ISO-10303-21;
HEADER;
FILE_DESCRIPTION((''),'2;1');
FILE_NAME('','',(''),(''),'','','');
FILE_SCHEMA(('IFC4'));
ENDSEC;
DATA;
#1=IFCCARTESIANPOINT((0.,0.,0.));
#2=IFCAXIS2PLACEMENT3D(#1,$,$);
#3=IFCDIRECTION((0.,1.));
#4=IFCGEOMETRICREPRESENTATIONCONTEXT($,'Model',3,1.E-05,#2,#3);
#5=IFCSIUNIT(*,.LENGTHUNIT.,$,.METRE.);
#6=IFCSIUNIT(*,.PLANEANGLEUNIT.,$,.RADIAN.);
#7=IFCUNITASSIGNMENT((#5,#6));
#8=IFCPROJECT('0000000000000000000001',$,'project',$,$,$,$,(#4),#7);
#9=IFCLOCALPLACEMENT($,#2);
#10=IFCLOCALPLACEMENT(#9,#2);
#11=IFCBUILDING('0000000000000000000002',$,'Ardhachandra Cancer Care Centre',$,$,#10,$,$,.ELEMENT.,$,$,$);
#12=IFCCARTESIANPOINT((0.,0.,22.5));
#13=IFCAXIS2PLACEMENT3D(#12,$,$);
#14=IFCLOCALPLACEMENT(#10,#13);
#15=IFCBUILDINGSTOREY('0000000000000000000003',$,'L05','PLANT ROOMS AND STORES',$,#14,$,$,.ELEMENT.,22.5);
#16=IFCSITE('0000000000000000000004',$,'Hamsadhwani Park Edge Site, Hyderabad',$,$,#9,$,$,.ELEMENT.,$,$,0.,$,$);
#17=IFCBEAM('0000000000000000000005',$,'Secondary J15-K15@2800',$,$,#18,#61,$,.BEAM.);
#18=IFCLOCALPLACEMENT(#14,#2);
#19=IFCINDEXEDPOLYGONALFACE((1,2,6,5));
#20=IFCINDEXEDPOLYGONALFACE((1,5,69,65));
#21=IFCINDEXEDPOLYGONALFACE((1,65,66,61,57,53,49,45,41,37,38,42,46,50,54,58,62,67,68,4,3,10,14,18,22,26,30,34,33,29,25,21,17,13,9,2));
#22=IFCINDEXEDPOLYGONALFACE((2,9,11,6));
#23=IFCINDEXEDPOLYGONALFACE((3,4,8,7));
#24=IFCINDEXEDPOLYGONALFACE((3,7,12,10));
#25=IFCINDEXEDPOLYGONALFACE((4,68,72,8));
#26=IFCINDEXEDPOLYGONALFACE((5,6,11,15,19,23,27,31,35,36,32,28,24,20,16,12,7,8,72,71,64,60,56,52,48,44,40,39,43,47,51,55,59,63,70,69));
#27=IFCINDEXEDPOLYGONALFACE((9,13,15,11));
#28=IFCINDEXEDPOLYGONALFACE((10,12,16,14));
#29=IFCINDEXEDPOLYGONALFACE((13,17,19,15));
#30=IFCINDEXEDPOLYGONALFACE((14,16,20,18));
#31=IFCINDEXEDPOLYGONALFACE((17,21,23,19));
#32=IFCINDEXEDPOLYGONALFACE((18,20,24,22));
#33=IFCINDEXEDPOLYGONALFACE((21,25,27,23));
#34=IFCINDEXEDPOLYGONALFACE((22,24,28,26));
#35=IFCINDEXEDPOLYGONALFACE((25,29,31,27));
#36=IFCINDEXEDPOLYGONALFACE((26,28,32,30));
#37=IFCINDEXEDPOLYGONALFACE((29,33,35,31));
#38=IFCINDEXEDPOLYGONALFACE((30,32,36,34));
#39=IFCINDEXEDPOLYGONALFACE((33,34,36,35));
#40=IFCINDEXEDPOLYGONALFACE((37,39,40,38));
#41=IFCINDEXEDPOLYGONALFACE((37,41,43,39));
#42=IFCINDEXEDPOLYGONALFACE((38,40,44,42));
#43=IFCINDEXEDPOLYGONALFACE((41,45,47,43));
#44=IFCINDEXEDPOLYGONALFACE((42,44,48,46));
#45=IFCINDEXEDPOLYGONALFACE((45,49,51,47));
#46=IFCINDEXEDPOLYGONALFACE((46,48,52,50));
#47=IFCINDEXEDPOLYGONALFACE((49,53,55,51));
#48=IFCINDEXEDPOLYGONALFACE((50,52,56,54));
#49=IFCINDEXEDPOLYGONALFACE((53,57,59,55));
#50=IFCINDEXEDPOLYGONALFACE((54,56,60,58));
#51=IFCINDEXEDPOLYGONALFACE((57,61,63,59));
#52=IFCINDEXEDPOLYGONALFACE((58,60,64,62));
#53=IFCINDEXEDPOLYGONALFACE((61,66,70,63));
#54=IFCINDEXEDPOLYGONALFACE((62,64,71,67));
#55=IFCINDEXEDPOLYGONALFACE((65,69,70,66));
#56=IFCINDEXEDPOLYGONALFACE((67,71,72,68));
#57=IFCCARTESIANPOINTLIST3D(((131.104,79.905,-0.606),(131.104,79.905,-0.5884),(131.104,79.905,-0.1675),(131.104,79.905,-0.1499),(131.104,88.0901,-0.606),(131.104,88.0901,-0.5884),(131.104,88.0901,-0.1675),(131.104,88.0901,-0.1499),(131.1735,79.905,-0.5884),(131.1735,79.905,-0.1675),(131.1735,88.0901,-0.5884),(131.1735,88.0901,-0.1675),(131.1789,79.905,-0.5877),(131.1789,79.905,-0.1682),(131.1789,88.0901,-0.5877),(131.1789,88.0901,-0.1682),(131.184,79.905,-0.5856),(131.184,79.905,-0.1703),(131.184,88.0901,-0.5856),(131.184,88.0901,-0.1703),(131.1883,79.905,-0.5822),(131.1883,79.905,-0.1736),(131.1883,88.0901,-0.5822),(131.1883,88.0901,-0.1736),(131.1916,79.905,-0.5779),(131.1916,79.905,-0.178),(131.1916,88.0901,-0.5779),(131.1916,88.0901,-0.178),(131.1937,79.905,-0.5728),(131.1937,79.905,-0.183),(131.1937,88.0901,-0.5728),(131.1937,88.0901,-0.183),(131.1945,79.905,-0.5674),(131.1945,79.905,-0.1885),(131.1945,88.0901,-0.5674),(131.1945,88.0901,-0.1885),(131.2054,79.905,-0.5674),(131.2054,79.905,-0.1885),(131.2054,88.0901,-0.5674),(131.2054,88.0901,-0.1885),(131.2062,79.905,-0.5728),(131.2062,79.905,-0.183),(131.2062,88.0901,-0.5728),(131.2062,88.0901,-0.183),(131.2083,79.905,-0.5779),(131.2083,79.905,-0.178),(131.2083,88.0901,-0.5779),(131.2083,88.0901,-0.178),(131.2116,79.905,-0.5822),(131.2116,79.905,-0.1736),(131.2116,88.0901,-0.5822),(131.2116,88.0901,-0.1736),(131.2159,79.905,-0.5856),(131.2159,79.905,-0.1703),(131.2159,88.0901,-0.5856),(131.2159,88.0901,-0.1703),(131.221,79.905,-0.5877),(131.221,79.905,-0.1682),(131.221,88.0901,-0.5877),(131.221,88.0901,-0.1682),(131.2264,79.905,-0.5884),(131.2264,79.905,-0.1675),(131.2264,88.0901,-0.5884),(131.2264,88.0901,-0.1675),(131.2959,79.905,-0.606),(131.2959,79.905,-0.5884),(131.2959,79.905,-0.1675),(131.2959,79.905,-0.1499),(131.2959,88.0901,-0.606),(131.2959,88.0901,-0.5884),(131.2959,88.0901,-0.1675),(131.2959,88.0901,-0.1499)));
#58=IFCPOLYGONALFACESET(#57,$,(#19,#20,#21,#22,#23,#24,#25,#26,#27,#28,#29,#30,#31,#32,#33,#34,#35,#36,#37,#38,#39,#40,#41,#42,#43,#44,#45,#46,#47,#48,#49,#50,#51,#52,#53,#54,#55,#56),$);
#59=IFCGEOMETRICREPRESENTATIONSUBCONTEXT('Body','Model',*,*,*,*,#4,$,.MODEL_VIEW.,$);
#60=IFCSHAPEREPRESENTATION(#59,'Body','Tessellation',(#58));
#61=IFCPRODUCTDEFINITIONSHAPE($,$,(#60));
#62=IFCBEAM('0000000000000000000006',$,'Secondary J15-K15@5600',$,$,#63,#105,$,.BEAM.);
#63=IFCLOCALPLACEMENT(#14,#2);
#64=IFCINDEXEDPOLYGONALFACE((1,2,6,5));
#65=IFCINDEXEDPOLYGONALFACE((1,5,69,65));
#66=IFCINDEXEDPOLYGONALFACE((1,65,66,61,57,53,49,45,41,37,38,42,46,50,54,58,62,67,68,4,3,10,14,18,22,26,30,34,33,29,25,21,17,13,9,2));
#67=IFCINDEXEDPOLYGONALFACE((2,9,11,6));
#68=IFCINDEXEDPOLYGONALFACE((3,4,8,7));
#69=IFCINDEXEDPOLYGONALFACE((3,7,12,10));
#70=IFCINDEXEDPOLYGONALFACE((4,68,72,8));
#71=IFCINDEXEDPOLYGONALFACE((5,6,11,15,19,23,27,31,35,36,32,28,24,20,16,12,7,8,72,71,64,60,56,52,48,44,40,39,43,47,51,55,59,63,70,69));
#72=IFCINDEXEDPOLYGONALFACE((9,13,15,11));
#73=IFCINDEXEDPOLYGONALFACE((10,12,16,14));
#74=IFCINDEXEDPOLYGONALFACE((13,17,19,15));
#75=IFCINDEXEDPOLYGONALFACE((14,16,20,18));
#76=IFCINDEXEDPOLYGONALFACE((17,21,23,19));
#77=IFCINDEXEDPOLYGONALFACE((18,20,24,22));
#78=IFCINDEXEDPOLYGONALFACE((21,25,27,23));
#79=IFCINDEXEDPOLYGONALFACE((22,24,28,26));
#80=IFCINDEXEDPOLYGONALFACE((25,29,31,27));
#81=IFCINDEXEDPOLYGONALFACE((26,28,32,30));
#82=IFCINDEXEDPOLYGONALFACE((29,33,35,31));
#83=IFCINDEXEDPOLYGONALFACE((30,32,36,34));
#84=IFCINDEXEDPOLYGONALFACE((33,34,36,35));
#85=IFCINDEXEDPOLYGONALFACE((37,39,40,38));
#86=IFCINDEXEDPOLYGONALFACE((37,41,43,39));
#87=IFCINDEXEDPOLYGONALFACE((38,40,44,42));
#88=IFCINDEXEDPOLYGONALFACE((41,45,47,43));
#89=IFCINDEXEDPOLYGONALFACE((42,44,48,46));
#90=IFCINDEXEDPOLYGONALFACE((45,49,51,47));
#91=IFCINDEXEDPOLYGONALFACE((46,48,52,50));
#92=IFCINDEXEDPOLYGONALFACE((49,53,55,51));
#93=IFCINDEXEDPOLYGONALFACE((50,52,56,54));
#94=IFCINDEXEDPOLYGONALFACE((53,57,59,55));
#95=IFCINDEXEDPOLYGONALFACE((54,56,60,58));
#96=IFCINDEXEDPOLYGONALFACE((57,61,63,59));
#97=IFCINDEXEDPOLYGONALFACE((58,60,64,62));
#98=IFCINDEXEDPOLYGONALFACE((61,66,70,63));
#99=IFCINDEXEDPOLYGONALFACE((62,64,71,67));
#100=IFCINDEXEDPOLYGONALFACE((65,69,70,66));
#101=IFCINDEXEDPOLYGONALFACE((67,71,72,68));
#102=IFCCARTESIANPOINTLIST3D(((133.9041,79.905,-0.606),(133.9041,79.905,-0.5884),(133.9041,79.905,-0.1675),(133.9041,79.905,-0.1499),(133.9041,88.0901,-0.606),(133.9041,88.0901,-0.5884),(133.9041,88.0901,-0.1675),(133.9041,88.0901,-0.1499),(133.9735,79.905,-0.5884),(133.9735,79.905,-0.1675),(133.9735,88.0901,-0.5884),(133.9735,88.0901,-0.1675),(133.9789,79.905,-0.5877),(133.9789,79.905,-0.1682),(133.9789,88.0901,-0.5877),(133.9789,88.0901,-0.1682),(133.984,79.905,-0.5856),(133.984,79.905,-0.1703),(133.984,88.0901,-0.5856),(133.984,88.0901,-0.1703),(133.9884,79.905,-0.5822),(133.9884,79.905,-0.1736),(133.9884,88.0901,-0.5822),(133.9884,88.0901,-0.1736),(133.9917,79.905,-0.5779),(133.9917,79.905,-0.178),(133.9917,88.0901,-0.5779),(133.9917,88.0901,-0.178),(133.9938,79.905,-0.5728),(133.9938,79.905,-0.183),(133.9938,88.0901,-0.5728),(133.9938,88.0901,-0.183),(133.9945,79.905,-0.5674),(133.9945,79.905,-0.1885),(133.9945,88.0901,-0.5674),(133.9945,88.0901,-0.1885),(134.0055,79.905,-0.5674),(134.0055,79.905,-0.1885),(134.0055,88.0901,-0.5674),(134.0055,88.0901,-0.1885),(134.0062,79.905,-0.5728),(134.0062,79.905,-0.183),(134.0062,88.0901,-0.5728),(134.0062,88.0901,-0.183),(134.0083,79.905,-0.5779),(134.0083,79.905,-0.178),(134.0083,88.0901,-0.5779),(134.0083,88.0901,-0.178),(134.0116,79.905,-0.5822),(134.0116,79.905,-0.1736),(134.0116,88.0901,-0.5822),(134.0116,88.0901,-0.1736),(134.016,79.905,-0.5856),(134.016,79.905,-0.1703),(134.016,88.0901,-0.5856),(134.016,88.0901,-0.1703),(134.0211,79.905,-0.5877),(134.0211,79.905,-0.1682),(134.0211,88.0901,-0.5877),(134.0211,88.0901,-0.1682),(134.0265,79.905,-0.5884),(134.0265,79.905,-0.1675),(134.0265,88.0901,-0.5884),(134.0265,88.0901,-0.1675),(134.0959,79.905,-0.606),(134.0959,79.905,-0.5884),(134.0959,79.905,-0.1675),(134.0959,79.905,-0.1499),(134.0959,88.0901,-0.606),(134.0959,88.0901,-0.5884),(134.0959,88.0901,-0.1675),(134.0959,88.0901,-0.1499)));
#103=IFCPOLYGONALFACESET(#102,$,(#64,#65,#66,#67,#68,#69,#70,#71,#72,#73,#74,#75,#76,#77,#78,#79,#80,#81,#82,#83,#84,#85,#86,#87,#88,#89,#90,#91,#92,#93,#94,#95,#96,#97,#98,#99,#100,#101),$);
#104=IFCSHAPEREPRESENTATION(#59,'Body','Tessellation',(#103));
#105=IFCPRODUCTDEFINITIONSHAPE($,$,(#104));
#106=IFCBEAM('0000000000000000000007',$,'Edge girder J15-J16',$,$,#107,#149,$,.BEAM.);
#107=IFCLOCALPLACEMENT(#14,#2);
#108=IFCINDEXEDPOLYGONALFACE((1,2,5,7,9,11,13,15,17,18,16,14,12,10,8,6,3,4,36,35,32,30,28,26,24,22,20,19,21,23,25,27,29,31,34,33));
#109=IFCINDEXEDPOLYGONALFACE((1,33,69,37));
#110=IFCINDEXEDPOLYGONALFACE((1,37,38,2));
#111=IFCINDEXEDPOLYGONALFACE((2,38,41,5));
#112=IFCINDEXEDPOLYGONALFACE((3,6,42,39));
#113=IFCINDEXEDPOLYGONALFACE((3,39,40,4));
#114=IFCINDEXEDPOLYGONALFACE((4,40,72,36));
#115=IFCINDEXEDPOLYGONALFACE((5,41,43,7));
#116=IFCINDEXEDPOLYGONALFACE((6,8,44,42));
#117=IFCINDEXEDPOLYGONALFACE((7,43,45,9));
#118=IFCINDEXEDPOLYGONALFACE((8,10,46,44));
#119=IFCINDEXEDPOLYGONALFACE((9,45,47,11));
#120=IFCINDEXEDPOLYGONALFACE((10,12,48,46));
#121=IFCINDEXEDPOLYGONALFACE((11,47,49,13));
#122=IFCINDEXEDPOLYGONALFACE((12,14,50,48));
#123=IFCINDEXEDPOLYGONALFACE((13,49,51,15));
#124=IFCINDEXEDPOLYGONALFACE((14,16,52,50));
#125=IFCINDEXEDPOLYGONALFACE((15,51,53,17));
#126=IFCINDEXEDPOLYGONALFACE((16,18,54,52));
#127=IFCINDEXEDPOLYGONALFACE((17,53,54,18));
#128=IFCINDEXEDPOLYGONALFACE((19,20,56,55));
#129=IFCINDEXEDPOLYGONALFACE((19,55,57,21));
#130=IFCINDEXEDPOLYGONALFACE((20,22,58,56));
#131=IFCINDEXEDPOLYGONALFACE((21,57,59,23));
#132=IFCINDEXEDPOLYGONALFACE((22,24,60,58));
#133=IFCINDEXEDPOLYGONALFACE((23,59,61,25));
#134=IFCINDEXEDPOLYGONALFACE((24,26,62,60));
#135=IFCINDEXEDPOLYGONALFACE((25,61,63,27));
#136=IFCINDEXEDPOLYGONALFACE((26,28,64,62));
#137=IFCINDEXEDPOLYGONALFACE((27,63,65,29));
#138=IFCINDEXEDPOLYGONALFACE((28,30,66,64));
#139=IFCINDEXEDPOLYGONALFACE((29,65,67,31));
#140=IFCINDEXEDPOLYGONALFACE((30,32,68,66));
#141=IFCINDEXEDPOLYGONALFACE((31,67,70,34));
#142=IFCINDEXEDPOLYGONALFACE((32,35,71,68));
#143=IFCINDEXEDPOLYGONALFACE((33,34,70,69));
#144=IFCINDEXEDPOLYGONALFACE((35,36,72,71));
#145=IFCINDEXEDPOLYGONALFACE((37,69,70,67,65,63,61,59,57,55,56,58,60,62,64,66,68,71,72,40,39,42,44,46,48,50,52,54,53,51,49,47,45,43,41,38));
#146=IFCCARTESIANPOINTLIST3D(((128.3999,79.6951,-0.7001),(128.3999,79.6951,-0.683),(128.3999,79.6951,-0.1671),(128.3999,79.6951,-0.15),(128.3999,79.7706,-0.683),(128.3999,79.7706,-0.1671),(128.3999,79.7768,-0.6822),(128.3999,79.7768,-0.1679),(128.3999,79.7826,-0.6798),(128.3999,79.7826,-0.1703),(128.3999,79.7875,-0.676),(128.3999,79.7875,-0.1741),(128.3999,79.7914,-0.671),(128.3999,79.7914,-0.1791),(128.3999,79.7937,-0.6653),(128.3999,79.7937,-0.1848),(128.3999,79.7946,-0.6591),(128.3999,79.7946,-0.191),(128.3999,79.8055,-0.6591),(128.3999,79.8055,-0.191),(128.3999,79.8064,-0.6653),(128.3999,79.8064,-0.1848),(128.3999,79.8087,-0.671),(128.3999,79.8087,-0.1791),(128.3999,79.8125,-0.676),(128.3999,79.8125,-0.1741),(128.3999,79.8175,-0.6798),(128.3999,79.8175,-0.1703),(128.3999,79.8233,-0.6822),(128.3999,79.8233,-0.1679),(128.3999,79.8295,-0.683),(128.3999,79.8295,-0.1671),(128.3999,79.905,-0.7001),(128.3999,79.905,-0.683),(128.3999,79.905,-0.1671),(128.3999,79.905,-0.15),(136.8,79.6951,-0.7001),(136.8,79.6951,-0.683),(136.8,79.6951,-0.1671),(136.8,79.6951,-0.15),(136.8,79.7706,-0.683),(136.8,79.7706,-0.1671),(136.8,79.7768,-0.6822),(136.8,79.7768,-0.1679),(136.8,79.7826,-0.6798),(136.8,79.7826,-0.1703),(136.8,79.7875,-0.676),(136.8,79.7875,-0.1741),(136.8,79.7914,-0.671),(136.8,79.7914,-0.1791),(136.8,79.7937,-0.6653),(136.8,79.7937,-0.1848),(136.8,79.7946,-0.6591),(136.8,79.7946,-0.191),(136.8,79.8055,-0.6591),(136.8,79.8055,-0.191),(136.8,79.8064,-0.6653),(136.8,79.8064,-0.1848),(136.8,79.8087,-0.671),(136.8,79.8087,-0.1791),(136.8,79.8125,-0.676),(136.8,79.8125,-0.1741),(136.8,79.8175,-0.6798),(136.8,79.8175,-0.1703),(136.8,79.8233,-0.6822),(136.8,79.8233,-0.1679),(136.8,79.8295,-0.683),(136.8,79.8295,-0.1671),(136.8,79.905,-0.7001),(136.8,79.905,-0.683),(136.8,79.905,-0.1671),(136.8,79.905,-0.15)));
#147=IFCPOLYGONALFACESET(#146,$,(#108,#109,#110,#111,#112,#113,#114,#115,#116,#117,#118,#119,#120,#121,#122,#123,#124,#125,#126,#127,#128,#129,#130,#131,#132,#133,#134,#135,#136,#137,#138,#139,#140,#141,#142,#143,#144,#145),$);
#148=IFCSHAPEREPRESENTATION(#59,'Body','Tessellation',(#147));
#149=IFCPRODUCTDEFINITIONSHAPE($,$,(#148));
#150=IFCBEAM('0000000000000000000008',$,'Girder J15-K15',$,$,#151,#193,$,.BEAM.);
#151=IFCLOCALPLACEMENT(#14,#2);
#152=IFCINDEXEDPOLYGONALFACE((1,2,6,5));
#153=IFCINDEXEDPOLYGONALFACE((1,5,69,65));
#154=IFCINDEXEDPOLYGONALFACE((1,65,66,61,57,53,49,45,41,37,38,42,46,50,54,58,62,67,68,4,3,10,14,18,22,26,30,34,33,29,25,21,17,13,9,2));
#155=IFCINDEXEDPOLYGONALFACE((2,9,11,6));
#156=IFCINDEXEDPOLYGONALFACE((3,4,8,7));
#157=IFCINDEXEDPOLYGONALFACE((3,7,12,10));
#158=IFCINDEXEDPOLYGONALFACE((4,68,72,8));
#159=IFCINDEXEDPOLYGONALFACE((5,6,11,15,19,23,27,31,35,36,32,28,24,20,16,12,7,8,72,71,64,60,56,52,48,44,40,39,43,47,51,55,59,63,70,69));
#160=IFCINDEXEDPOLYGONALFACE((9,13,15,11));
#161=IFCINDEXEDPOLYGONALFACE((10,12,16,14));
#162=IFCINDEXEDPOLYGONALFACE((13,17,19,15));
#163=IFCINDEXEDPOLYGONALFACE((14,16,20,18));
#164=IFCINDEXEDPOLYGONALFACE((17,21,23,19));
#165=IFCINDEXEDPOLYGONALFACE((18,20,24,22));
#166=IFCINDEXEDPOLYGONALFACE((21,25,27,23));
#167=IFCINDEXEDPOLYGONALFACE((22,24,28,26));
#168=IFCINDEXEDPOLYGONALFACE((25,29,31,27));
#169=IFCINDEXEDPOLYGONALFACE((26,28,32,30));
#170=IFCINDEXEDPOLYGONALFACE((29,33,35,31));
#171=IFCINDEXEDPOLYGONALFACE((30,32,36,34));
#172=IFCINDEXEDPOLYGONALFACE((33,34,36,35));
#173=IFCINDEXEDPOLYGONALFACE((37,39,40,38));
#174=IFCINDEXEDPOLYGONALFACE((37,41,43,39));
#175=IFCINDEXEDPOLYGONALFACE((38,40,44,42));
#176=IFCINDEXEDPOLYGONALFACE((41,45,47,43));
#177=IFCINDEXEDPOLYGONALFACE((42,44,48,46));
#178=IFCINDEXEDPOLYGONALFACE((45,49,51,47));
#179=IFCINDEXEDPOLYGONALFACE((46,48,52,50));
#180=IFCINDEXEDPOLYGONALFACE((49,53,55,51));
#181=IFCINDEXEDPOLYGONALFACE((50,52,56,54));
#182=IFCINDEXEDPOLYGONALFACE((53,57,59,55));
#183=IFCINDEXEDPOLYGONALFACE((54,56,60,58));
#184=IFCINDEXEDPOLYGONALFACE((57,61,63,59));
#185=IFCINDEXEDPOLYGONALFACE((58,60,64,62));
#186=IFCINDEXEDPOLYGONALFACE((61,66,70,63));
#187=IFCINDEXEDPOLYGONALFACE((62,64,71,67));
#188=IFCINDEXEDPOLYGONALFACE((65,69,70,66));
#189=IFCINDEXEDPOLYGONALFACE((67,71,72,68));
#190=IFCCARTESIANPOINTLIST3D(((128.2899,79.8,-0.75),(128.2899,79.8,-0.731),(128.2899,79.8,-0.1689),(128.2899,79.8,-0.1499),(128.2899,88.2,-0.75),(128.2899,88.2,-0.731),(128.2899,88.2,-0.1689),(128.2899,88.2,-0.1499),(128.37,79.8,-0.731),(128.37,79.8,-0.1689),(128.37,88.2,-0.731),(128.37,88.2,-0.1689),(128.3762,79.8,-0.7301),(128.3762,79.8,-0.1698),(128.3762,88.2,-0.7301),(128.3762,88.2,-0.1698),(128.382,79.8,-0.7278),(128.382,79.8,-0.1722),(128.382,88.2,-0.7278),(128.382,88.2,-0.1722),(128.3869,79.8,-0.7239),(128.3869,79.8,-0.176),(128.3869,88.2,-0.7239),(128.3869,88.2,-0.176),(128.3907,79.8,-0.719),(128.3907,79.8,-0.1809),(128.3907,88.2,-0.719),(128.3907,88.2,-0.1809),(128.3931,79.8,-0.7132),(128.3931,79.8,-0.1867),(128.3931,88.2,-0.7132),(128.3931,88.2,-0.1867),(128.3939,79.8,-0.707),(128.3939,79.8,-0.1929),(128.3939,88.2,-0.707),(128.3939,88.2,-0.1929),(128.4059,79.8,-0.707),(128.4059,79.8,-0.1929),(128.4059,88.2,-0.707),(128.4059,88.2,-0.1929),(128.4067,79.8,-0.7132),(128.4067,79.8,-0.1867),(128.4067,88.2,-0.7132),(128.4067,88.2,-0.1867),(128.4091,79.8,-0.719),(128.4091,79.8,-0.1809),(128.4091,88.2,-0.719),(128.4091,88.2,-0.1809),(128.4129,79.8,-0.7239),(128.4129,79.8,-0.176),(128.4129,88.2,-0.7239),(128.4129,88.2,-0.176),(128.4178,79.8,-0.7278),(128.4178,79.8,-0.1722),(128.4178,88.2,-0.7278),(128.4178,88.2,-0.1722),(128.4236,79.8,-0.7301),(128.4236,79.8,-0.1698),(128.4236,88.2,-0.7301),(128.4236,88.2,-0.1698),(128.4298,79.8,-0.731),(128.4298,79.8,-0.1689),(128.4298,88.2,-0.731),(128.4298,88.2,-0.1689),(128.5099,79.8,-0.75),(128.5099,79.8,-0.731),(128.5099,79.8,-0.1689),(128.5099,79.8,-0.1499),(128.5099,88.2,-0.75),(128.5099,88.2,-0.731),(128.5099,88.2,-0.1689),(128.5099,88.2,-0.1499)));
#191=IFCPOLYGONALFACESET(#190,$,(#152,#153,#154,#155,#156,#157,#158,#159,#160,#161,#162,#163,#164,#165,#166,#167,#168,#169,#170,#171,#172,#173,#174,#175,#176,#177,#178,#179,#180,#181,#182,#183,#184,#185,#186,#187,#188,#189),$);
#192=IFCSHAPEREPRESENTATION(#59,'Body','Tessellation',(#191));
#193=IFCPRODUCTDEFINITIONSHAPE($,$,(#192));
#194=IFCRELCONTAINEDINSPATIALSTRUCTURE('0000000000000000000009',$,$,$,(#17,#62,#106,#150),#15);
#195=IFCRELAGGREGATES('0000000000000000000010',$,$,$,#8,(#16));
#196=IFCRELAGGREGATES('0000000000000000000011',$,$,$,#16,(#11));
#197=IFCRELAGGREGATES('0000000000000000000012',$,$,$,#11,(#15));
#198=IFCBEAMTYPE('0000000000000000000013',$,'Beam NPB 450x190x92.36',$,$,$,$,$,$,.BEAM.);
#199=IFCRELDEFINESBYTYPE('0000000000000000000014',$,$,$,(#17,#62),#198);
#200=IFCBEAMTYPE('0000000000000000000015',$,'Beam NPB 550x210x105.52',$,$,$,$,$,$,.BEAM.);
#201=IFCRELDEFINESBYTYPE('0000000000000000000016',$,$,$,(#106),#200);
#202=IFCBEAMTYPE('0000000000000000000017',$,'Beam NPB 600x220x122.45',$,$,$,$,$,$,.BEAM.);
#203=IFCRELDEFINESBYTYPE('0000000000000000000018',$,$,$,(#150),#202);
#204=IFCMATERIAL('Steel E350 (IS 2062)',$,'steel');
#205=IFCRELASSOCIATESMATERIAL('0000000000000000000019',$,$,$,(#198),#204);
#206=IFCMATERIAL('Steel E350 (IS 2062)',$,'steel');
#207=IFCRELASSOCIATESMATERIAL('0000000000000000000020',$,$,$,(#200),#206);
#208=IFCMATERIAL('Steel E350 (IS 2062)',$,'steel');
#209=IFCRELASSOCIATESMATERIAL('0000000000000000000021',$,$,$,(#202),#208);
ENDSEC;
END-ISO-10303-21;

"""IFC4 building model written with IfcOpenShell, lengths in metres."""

from ifc_helpers import new_model, si_unit, direction, frame, origin, origin_2d, place, context, subcontext, project, spatial, i_section, extrude, material, material_profile, profile_set, type_object, element, save


model = new_model("IFC4")

# Units and contexts
model_context = context("Model", 3, precision=1e-05, world=origin(), true_north=direction((0.0, 1.0)))
body_context = subcontext(model_context, "Body", "Model", "MODEL_VIEW")
ifc_project = project(units=[si_unit("LENGTHUNIT", "METRE"), si_unit("PLANEANGLEUNIT", "RADIAN")], contexts=[model_context])

# Site, building, storey
site_placement = place(None, origin())
site = spatial("IfcSite", under=ifc_project, at=site_placement, Name="Hamsadhwani Park Edge Site, Hyderabad", CompositionType="ELEMENT", RefElevation=0.0)
building_placement = place(site_placement, origin())
building = spatial("IfcBuilding", under=site, at=building_placement, Name="Ardhachandra Cancer Care Centre", CompositionType="ELEMENT")
storey_placement = place(building_placement, frame((0.0, 0.0, 22.5)))
storey = spatial("IfcBuildingStorey", under=building, at=storey_placement, Name="L05", Description="PLANT ROOMS AND STORES", CompositionType="ELEMENT", Elevation=22.5)

# Beams
ifc_material_1 = material(Name="Steel E350 (IS 2062)", Category="steel")
ifc_material_profile_1 = material_profile(ifc_material_1, i_section(OverallWidth=0.1919, OverallDepth=0.4561, WebThickness=0.011, FlangeThickness=0.0176, FilletRadius=0.021, at=origin_2d()), Name="NPB 450x190x92.36")
ifc_profile_set_1 = profile_set([ifc_material_profile_1], Name="Steel E350 (IS 2062)")
beam_type_1 = type_object("IfcBeamType", Name="Beam NPB 450x190x92.36", PredefinedType="BEAM", material=ifc_profile_set_1)
for number, where, z_axis, x_axis, name in (
    (1, (131.2, 79.905, -0.3779), (0.0, 1.0, 0.0), (-1.0, 0.0, 0.0), "Secondary J15-K15@2800"),
    (2, (134.0, 79.905, -0.3779), (0.0, 1.0, 0.0), (-1.0, 0.0, 0.0), "Secondary J15-K15@5600"),
):
    element("IfcBeam", number, at=place(storey_placement, frame(where, z_axis=z_axis, x_axis=x_axis)), inside=storey, type_object=beam_type_1, Name=name, PredefinedType="BEAM", context=body_context, shape_type="SweptSolid", body=[
        extrude(i_section(OverallWidth=0.1919, OverallDepth=0.4561, WebThickness=0.011, FlangeThickness=0.0176, FilletRadius=0.021, at=origin_2d()), origin(), (0.0, 0.0, 1.0), 8.1851),
    ])
ifc_material_2 = material(Name="Steel E350 (IS 2062)", Category="steel")
ifc_material_profile_2 = material_profile(ifc_material_2, i_section(OverallWidth=0.21, OverallDepth=0.55, WebThickness=0.011, FlangeThickness=0.0171, FilletRadius=0.0239, at=origin_2d()), Name="NPB 550x210x105.52")
ifc_profile_set_2 = profile_set([ifc_material_profile_2], Name="Steel E350 (IS 2062)")
beam_type_2 = type_object("IfcBeamType", Name="Beam NPB 550x210x105.52", PredefinedType="BEAM", material=ifc_profile_set_2)
beam_1_placement = place(storey_placement, frame((128.3999, 79.8, -0.425), z_axis=(1.0, 0.0, 0.0), x_axis=(0.0, 1.0, 0.0)))
element("IfcBeam", 3, at=beam_1_placement, inside=storey, type_object=beam_type_2, Name="Edge girder J15-J16", PredefinedType="BEAM", context=body_context, shape_type="SweptSolid", body=[
    extrude(i_section(OverallWidth=0.21, OverallDepth=0.55, WebThickness=0.011, FlangeThickness=0.0171, FilletRadius=0.0239, at=origin_2d()), origin(), (0.0, 0.0, 1.0), 8.4001),
])
ifc_material_3 = material(Name="Steel E350 (IS 2062)", Category="steel")
ifc_material_profile_3 = material_profile(ifc_material_3, i_section(OverallWidth=0.22, OverallDepth=0.6001, WebThickness=0.012, FlangeThickness=0.019, FilletRadius=0.0239, at=origin_2d()), Name="NPB 600x220x122.45")
ifc_profile_set_3 = profile_set([ifc_material_profile_3], Name="Steel E350 (IS 2062)")
beam_type_3 = type_object("IfcBeamType", Name="Beam NPB 600x220x122.45", PredefinedType="BEAM", material=ifc_profile_set_3)
beam_2_placement = place(storey_placement, frame((128.3999, 79.8, -0.45), z_axis=(0.0, 1.0, 0.0), x_axis=(-1.0, 0.0, 0.0)))
element("IfcBeam", 4, at=beam_2_placement, inside=storey, type_object=beam_type_3, Name="Girder J15-K15", PredefinedType="BEAM", context=body_context, shape_type="SweptSolid", body=[
    extrude(i_section(OverallWidth=0.22, OverallDepth=0.6001, WebThickness=0.012, FlangeThickness=0.019, FilletRadius=0.0239, at=origin_2d()), origin(), (0.0, 0.0, 1.0), 8.3999),
])

save(model, "model.ifc")
